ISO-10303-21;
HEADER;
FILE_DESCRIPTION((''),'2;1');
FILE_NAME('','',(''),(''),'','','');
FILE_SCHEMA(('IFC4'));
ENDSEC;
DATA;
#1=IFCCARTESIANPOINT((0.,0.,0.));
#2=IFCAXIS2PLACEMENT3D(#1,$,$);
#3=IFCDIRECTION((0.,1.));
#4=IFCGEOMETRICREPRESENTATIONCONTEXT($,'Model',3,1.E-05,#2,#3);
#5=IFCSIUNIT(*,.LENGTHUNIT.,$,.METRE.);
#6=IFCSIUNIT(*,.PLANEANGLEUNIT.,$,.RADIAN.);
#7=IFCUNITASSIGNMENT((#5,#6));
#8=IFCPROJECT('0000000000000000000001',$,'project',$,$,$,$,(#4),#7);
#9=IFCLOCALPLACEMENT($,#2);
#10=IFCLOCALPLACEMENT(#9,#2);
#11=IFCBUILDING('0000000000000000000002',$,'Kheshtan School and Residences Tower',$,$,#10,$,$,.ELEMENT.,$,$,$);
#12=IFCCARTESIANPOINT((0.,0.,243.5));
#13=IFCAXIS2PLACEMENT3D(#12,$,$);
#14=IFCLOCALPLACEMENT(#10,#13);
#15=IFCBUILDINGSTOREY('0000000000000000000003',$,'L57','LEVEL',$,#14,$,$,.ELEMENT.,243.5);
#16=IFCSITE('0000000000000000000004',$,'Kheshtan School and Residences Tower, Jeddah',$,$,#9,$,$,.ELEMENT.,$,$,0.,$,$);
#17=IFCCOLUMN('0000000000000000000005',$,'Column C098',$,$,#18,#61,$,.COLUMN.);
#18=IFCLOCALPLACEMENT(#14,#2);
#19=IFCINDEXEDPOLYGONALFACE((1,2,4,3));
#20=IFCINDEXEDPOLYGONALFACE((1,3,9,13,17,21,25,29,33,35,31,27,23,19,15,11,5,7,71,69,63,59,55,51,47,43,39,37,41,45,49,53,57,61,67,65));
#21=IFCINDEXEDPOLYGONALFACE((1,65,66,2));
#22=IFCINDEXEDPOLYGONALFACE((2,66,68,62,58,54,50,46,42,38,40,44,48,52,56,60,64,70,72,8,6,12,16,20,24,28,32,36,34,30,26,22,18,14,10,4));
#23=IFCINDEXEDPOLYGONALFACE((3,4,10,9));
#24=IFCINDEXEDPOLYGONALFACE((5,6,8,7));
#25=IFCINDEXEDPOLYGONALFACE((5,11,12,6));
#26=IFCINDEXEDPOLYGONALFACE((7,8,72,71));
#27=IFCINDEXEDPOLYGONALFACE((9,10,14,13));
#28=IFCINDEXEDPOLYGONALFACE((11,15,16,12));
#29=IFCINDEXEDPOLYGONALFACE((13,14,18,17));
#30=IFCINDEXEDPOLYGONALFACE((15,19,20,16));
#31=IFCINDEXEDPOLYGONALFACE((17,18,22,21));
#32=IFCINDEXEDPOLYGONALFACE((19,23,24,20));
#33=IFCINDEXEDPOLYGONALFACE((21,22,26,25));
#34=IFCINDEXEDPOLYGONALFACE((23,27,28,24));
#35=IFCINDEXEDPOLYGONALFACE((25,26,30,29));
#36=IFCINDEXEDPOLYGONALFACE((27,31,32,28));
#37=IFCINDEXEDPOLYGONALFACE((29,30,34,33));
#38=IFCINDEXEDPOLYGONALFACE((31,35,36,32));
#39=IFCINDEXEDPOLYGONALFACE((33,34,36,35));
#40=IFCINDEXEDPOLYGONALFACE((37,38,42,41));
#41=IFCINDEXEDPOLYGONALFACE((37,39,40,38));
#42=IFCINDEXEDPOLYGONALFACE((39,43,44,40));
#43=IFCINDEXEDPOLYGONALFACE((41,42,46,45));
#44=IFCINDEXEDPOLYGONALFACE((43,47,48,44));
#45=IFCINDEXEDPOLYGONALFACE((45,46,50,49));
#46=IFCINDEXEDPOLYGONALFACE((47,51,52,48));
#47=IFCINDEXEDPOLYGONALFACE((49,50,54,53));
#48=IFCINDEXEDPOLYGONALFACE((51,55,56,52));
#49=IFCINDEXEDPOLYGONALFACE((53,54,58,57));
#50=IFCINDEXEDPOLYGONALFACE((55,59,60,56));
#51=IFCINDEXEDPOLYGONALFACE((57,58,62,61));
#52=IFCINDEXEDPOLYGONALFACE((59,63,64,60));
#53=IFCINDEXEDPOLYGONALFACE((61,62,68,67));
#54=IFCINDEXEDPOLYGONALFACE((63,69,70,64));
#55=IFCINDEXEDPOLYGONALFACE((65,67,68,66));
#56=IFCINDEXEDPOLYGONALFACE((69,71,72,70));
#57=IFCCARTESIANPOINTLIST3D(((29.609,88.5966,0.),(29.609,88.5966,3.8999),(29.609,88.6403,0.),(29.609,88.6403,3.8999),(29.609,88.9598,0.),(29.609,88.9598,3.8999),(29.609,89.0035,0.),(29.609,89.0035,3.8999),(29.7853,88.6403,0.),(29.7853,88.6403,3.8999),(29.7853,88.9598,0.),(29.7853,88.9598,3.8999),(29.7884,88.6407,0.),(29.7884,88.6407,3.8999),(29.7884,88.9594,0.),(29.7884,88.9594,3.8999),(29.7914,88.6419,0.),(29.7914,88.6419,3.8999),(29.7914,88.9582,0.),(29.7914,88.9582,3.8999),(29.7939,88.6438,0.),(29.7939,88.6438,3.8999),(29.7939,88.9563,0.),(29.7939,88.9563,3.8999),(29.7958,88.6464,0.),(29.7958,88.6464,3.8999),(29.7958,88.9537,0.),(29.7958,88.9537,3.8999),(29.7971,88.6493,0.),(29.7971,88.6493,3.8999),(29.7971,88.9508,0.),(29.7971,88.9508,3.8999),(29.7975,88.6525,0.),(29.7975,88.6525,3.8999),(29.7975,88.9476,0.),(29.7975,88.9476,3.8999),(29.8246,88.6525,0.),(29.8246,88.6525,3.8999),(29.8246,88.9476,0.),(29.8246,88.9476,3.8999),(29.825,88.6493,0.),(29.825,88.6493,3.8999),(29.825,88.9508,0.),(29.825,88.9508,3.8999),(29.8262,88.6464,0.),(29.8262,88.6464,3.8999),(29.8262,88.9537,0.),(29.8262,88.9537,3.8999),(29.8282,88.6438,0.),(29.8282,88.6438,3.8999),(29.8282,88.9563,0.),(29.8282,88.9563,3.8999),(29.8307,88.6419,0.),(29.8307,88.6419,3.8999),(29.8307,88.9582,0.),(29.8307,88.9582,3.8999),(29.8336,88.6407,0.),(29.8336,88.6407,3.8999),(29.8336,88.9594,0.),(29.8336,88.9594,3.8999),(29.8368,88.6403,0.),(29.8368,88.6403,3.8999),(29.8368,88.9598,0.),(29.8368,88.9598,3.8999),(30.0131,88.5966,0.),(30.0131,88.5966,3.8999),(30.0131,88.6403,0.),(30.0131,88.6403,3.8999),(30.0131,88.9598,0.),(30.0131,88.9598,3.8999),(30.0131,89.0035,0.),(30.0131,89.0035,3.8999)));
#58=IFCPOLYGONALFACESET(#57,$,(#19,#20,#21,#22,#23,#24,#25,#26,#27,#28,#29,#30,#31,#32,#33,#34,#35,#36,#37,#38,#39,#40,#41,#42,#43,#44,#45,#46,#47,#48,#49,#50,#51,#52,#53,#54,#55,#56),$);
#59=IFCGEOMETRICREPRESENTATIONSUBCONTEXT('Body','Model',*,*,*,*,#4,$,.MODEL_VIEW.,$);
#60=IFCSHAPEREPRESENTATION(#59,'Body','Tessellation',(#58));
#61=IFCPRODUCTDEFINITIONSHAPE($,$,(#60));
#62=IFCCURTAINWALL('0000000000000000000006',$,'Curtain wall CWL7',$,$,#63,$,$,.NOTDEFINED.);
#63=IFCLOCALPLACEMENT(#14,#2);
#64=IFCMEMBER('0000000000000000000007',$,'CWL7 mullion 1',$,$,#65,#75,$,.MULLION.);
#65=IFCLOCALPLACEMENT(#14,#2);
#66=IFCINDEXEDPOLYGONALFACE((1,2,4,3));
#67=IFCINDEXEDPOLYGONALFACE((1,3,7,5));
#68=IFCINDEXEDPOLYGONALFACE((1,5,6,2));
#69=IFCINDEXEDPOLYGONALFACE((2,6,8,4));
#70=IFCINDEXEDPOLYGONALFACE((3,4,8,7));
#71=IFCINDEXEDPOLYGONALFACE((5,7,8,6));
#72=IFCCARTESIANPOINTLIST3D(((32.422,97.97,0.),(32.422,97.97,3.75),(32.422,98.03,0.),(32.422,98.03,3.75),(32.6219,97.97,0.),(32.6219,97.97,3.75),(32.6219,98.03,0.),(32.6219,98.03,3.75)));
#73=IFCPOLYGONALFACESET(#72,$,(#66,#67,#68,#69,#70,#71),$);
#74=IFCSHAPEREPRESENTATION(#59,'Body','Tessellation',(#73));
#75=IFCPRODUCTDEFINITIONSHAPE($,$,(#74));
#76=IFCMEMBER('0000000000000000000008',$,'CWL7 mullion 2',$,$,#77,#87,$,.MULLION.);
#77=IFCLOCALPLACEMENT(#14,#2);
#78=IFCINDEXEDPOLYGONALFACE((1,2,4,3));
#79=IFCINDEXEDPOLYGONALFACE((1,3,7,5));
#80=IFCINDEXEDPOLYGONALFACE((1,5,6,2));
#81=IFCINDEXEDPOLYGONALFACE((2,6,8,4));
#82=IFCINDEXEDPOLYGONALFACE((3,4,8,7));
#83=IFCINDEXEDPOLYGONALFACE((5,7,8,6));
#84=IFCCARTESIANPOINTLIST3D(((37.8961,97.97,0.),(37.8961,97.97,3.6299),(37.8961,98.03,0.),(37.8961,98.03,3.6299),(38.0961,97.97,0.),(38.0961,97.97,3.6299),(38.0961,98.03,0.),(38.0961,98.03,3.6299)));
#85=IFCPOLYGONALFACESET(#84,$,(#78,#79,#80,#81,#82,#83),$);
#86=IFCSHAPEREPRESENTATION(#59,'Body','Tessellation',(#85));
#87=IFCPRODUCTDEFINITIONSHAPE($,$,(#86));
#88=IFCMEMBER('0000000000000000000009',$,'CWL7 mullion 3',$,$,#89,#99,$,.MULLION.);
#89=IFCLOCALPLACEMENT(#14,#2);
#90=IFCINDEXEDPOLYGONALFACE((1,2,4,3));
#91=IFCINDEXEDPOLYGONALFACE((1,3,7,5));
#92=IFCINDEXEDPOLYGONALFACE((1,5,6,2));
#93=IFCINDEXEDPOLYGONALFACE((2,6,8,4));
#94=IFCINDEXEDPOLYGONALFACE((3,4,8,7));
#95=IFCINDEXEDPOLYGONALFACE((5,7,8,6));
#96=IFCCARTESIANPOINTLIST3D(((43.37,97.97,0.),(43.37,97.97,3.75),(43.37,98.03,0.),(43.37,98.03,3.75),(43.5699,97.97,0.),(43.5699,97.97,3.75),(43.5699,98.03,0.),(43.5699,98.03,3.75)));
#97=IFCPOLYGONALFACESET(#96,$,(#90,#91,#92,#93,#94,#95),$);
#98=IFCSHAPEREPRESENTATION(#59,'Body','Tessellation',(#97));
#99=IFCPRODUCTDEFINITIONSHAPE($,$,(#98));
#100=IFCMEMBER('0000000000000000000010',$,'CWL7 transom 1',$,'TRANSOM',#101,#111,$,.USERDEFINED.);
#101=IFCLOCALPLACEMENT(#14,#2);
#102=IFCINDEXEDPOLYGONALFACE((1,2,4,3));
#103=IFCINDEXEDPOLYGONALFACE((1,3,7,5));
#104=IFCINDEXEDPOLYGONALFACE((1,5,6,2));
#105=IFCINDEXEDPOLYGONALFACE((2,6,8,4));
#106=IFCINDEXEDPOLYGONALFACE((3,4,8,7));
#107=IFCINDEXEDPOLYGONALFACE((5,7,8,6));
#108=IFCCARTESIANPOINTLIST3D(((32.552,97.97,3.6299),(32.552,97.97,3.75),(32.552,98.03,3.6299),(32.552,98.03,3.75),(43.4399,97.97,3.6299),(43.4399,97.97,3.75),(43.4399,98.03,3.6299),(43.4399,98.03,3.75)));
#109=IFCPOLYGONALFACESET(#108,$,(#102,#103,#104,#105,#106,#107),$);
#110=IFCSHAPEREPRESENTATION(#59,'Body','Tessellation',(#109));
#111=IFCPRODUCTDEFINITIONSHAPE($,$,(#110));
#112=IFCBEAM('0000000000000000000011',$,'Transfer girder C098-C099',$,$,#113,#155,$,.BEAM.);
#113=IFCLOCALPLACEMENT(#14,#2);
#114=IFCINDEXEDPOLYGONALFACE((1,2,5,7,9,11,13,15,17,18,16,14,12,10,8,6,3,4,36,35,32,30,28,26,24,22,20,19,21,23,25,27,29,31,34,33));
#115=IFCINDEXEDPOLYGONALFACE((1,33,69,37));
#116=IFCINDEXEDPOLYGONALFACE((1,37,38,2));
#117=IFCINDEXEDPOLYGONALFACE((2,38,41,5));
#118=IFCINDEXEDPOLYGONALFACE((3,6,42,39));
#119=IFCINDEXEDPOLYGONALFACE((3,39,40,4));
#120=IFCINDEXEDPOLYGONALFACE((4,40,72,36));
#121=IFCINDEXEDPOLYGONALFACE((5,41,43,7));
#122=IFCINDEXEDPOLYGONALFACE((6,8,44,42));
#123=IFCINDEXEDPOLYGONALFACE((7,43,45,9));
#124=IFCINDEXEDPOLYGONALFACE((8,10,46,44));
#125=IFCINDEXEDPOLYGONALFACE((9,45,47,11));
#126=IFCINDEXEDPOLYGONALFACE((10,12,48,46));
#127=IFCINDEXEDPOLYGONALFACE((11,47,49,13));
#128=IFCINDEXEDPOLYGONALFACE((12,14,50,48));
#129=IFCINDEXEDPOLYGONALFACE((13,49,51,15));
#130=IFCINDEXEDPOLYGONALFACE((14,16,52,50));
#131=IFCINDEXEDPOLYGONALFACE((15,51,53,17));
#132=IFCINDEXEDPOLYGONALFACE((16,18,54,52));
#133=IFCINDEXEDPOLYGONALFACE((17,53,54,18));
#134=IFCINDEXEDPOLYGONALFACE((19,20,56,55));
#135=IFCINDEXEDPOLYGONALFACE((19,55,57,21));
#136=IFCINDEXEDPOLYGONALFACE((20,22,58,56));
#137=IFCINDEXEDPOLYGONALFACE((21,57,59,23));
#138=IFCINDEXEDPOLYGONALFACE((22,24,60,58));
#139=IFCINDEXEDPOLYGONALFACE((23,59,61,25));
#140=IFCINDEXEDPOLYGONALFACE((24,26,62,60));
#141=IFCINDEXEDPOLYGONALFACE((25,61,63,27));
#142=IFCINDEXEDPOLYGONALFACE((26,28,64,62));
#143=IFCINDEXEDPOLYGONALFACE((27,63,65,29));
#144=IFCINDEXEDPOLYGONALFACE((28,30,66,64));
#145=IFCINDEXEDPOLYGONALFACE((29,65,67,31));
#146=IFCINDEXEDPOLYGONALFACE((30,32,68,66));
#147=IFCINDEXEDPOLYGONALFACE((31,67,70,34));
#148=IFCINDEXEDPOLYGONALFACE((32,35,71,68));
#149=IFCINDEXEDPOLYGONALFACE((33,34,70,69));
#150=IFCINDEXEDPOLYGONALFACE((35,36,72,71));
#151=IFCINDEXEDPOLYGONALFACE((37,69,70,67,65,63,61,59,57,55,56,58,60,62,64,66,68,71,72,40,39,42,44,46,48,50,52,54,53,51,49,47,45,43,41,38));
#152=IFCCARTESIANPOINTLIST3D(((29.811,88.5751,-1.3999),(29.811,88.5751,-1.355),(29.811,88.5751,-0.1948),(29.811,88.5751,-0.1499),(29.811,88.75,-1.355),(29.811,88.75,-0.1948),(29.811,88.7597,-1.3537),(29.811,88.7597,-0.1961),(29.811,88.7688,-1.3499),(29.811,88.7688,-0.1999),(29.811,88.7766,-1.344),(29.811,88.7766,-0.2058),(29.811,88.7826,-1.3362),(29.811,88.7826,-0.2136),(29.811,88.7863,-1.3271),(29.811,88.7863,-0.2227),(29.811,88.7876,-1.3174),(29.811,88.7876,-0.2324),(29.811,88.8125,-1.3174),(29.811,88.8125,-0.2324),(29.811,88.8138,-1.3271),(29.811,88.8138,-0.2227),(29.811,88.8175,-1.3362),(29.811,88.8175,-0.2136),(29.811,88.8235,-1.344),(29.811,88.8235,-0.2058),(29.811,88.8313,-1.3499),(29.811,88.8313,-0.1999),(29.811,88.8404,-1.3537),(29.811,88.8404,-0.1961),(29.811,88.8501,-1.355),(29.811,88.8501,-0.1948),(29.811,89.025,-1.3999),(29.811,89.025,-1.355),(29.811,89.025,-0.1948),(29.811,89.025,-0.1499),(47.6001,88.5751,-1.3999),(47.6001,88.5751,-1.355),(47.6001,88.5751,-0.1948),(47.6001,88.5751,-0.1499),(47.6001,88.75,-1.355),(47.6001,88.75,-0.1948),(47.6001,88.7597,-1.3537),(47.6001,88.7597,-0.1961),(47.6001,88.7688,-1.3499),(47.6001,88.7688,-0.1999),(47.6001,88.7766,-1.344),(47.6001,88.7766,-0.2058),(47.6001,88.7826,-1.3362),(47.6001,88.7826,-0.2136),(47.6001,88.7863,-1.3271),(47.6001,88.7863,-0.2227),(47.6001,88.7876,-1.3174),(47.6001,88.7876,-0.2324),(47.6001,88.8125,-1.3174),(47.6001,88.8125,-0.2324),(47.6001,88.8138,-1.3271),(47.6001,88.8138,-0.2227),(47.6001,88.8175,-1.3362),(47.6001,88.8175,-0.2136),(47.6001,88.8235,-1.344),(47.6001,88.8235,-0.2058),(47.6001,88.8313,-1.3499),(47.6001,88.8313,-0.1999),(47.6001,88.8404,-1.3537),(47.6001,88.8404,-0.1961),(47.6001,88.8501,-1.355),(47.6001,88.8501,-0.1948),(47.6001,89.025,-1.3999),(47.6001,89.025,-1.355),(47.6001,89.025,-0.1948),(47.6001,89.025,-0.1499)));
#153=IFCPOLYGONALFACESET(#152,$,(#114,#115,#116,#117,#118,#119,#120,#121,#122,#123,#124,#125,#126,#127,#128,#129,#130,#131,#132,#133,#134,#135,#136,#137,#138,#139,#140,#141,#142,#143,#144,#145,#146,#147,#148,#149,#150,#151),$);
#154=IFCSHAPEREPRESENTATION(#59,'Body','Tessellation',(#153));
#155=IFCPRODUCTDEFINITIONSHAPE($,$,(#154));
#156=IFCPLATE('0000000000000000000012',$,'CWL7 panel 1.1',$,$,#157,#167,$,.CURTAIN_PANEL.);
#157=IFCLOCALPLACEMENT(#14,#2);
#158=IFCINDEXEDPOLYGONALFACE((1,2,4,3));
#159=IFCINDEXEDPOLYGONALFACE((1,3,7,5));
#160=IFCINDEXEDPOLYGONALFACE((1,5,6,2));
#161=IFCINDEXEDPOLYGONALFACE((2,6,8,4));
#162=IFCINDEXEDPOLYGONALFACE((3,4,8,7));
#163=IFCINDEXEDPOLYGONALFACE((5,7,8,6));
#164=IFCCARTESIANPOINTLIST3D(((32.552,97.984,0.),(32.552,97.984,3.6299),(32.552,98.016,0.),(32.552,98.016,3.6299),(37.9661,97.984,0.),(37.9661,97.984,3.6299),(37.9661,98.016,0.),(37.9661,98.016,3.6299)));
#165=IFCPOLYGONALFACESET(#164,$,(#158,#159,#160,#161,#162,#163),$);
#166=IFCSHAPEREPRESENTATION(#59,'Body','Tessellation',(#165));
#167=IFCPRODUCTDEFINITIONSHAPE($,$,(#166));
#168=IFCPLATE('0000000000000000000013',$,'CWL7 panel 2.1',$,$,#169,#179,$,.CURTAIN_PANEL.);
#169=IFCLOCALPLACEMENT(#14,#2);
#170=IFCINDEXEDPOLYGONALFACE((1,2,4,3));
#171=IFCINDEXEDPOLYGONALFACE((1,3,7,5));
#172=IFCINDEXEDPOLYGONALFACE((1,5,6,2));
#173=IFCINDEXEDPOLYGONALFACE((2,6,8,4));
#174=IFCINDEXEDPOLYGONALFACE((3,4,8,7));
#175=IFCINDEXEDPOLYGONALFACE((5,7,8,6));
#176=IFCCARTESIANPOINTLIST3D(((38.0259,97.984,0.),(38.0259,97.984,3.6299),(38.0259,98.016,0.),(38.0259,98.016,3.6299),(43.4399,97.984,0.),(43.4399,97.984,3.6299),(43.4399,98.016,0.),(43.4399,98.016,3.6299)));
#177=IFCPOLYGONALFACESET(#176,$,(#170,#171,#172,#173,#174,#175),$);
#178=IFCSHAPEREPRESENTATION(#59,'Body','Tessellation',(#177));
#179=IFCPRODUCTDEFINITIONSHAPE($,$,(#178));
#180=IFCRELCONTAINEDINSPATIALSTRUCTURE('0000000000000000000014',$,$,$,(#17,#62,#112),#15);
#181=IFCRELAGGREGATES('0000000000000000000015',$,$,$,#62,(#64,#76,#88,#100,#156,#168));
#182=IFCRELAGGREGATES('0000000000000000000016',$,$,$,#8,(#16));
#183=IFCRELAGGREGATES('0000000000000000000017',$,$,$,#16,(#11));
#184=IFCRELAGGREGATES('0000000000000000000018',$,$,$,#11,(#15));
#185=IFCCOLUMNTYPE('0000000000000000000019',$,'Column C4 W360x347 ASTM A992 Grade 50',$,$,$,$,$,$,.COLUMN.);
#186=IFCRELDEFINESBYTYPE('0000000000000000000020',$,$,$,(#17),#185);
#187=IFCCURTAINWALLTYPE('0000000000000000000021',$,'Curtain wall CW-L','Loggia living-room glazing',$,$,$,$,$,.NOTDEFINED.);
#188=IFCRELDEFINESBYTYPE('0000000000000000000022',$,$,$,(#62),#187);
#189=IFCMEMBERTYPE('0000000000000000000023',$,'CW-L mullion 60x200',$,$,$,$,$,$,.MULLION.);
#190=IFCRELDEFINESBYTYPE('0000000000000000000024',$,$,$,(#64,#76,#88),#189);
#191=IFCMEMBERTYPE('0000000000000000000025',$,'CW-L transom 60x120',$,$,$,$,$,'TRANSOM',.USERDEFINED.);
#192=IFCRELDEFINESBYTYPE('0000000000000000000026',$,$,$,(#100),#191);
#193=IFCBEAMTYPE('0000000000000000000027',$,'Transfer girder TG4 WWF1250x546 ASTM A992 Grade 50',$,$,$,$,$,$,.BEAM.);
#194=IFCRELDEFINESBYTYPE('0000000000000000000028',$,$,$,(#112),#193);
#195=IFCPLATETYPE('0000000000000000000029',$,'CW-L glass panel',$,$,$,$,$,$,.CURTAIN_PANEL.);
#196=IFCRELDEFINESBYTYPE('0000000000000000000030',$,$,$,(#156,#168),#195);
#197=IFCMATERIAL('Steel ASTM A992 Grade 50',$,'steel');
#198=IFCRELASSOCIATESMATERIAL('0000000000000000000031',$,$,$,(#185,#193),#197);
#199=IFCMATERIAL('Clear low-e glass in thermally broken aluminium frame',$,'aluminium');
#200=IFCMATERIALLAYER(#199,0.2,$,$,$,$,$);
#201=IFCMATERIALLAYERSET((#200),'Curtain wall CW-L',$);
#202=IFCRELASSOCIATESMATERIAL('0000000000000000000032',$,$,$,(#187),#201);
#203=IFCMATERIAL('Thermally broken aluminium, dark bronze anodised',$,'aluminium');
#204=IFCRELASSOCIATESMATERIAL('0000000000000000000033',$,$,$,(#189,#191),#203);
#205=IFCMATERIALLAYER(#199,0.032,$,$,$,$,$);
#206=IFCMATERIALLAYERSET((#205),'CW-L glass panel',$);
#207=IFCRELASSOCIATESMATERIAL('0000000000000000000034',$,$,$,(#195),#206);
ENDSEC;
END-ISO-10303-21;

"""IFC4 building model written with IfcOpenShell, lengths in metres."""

from ifc_helpers import new_model, si_unit, direction, frame, origin, origin_2d, place, context, subcontext, project, spatial, rectangle, i_section, extrude, material, layer, layer_set, material_profile, profile_set, type_object, element, aggregate, save


model = new_model("IFC4")

# Units and contexts
model_context = context("Model", 3, precision=1e-05, world=origin(), true_north=direction((0.0, 1.0)))
body_context = subcontext(model_context, "Body", "Model", "MODEL_VIEW")
ifc_project = project(units=[si_unit("LENGTHUNIT", "METRE"), si_unit("PLANEANGLEUNIT", "RADIAN")], contexts=[model_context])

# Site, building, storey
site_placement = place(None, origin())
site = spatial("IfcSite", under=ifc_project, at=site_placement, Name="Kheshtan School and Residences Tower, Jeddah", CompositionType="ELEMENT", RefElevation=0.0)
building_placement = place(site_placement, origin())
building = spatial("IfcBuilding", under=site, at=building_placement, Name="Kheshtan School and Residences Tower", CompositionType="ELEMENT")
storey_placement = place(building_placement, frame((0.0, 0.0, 243.5)))
storey = spatial("IfcBuildingStorey", under=building, at=storey_placement, Name="L57", Description="LEVEL", CompositionType="ELEMENT", Elevation=243.5)

# Column
ifc_material_1 = material(Name="Steel ASTM A992 Grade 50", Category="steel")
ifc_material_profile_1 = material_profile(ifc_material_1, i_section(OverallWidth=0.4041, OverallDepth=0.407, WebThickness=0.0271, FlangeThickness=0.0437, FilletRadius=0.0122, at=origin_2d()), Name="W360x347")
ifc_profile_set_1 = profile_set([ifc_material_profile_1], Name="Steel ASTM A992 Grade 50")
column_type = type_object("IfcColumnType", Name="Column C4 W360x347 ASTM A992 Grade 50", PredefinedType="COLUMN", material=ifc_profile_set_1)
column_placement = place(storey_placement, frame((29.811, 88.8, 0.0), z_axis=(0.0, 0.0, 1.0), x_axis=(1.0, 0.0, 0.0)))
element("IfcColumn", 1, at=column_placement, inside=storey, type_object=column_type, Name="Column C098", PredefinedType="COLUMN", context=body_context, shape_type="SweptSolid", body=[
    extrude(i_section(OverallWidth=0.4041, OverallDepth=0.407, WebThickness=0.0271, FlangeThickness=0.0437, FilletRadius=0.0122, at=origin_2d()), origin(), (0.0, 0.0, 1.0), 3.8999),
])

# Curtain wall, members
ifc_material_2 = material(Name="Clear low-e glass in thermally broken aluminium frame", Category="aluminium")
ifc_layer_1 = layer(ifc_material_2, 0.2)
ifc_layer_set_1 = layer_set([ifc_layer_1], Name="Curtain wall CW-L")
curtain_wall_type = type_object("IfcCurtainWallType", Name="Curtain wall CW-L", Description="Loggia living-room glazing", PredefinedType="NOTDEFINED", material=ifc_layer_set_1)
curtain_wall_placement = place(storey_placement, origin())
curtain_wall = element("IfcCurtainWall", 2, at=curtain_wall_placement, inside=storey, type_object=curtain_wall_type, Name="Curtain wall CWL7", PredefinedType="NOTDEFINED")
ifc_material_3 = material(Name="Thermally broken aluminium, dark bronze anodised", Category="aluminium")
ifc_material_profile_2 = material_profile(ifc_material_3, rectangle(XDim=0.0601, YDim=0.2, at=origin_2d()), Name="CW-L mullion 60x200")
ifc_profile_set_2 = profile_set([ifc_material_profile_2], Name="Thermally broken aluminium, dark bronze anodised")
member_type_1 = type_object("IfcMemberType", Name="CW-L mullion 60x200", PredefinedType="MULLION", material=ifc_profile_set_2)
member_1_placement = place(storey_placement, frame((32.522, 98.0, 0.0), z_axis=(0.0, 0.0, 1.0), x_axis=(0.0, 1.0, 0.0)))
member_1 = element("IfcMember", 3, at=member_1_placement, type_object=member_type_1, Name="CWL7 mullion 1", PredefinedType="MULLION", context=body_context, shape_type="SweptSolid", body=[
    extrude(rectangle(XDim=0.0601, YDim=0.2, at=origin_2d()), origin(), (0.0, 0.0, 1.0), 3.75),
])
member_2_placement = place(storey_placement, frame((37.9961, 98.0, 0.0), z_axis=(0.0, 0.0, 1.0), x_axis=(0.0, 1.0, 0.0)))
member_2 = element("IfcMember", 4, at=member_2_placement, type_object=member_type_1, Name="CWL7 mullion 2", PredefinedType="MULLION", context=body_context, shape_type="SweptSolid", body=[
    extrude(rectangle(XDim=0.0601, YDim=0.2, at=origin_2d()), origin(), (0.0, 0.0, 1.0), 3.6299),
])
member_3_placement = place(storey_placement, frame((43.47, 98.0, 0.0), z_axis=(0.0, 0.0, 1.0), x_axis=(0.0, 1.0, 0.0)))
member_3 = element("IfcMember", 5, at=member_3_placement, type_object=member_type_1, Name="CWL7 mullion 3", PredefinedType="MULLION", context=body_context, shape_type="SweptSolid", body=[
    extrude(rectangle(XDim=0.0601, YDim=0.2, at=origin_2d()), origin(), (0.0, 0.0, 1.0), 3.75),
])
ifc_material_profile_3 = material_profile(ifc_material_3, rectangle(XDim=0.0601, YDim=0.1201, at=origin_2d()), Name="CW-L transom 60x120")
ifc_profile_set_3 = profile_set([ifc_material_profile_3], Name="Thermally broken aluminium, dark bronze anodised")
member_type_2 = type_object("IfcMemberType", Name="CW-L transom 60x120", ElementType="TRANSOM", PredefinedType="USERDEFINED", material=ifc_profile_set_3)
member_4_placement = place(storey_placement, frame((32.552, 98.0, 3.6899), z_axis=(1.0, 0.0, 0.0), x_axis=(0.0, 1.0, 0.0)))
member_4 = element("IfcMember", 6, at=member_4_placement, type_object=member_type_2, Name="CWL7 transom 1", ObjectType="TRANSOM", PredefinedType="USERDEFINED", context=body_context, shape_type="SweptSolid", body=[
    extrude(rectangle(XDim=0.0601, YDim=0.1201, at=origin_2d()), origin(), (0.0, 0.0, 1.0), 10.8879),
])

# Beam
ifc_material_profile_4 = material_profile(ifc_material_1, i_section(OverallWidth=0.45, OverallDepth=1.25, WebThickness=0.0249, FlangeThickness=0.0449, FilletRadius=0.0376, at=origin_2d()), Name="WWF1250x546")
ifc_profile_set_4 = profile_set([ifc_material_profile_4], Name="Steel ASTM A992 Grade 50")
beam_type = type_object("IfcBeamType", Name="Transfer girder TG4 WWF1250x546 ASTM A992 Grade 50", PredefinedType="BEAM", material=ifc_profile_set_4)
beam_placement = place(storey_placement, frame((29.811, 88.8, -0.7749), z_axis=(1.0, 0.0, 0.0), x_axis=(0.0, 1.0, 0.0)))
element("IfcBeam", 7, at=beam_placement, inside=storey, type_object=beam_type, Name="Transfer girder C098-C099", PredefinedType="BEAM", context=body_context, shape_type="SweptSolid", body=[
    extrude(i_section(OverallWidth=0.45, OverallDepth=1.25, WebThickness=0.0249, FlangeThickness=0.0449, FilletRadius=0.0376, at=origin_2d()), origin(), (0.0, 0.0, 1.0), 17.7891),
])

# Plates
ifc_layer_2 = layer(ifc_material_2, 0.032)
ifc_layer_set_2 = layer_set([ifc_layer_2], Name="CW-L glass panel")
plate_type = type_object("IfcPlateType", Name="CW-L glass panel", PredefinedType="CURTAIN_PANEL", material=ifc_layer_set_2)
plate_1_placement = place(storey_placement, frame((35.259, 98.0, 0.0), z_axis=(0.0, 0.0, 1.0), x_axis=(1.0, 0.0, 0.0)))
plate_1 = element("IfcPlate", 8, at=plate_1_placement, type_object=plate_type, Name="CWL7 panel 1.1", PredefinedType="CURTAIN_PANEL", context=body_context, shape_type="SweptSolid", body=[
    extrude(rectangle(XDim=5.4141, YDim=0.032, at=origin_2d()), origin(), (0.0, 0.0, 1.0), 3.6299),
])
plate_2_placement = place(storey_placement, frame((40.7329, 98.0, 0.0), z_axis=(0.0, 0.0, 1.0), x_axis=(1.0, 0.0, 0.0)))
plate_2 = element("IfcPlate", 9, at=plate_2_placement, type_object=plate_type, Name="CWL7 panel 2.1", PredefinedType="CURTAIN_PANEL", context=body_context, shape_type="SweptSolid", body=[
    extrude(rectangle(XDim=5.4141, YDim=0.032, at=origin_2d()), origin(), (0.0, 0.0, 1.0), 3.6299),
])
aggregate(curtain_wall, [member_1, member_2, member_3, member_4, plate_1, plate_2])

save(model, "model.ifc")
